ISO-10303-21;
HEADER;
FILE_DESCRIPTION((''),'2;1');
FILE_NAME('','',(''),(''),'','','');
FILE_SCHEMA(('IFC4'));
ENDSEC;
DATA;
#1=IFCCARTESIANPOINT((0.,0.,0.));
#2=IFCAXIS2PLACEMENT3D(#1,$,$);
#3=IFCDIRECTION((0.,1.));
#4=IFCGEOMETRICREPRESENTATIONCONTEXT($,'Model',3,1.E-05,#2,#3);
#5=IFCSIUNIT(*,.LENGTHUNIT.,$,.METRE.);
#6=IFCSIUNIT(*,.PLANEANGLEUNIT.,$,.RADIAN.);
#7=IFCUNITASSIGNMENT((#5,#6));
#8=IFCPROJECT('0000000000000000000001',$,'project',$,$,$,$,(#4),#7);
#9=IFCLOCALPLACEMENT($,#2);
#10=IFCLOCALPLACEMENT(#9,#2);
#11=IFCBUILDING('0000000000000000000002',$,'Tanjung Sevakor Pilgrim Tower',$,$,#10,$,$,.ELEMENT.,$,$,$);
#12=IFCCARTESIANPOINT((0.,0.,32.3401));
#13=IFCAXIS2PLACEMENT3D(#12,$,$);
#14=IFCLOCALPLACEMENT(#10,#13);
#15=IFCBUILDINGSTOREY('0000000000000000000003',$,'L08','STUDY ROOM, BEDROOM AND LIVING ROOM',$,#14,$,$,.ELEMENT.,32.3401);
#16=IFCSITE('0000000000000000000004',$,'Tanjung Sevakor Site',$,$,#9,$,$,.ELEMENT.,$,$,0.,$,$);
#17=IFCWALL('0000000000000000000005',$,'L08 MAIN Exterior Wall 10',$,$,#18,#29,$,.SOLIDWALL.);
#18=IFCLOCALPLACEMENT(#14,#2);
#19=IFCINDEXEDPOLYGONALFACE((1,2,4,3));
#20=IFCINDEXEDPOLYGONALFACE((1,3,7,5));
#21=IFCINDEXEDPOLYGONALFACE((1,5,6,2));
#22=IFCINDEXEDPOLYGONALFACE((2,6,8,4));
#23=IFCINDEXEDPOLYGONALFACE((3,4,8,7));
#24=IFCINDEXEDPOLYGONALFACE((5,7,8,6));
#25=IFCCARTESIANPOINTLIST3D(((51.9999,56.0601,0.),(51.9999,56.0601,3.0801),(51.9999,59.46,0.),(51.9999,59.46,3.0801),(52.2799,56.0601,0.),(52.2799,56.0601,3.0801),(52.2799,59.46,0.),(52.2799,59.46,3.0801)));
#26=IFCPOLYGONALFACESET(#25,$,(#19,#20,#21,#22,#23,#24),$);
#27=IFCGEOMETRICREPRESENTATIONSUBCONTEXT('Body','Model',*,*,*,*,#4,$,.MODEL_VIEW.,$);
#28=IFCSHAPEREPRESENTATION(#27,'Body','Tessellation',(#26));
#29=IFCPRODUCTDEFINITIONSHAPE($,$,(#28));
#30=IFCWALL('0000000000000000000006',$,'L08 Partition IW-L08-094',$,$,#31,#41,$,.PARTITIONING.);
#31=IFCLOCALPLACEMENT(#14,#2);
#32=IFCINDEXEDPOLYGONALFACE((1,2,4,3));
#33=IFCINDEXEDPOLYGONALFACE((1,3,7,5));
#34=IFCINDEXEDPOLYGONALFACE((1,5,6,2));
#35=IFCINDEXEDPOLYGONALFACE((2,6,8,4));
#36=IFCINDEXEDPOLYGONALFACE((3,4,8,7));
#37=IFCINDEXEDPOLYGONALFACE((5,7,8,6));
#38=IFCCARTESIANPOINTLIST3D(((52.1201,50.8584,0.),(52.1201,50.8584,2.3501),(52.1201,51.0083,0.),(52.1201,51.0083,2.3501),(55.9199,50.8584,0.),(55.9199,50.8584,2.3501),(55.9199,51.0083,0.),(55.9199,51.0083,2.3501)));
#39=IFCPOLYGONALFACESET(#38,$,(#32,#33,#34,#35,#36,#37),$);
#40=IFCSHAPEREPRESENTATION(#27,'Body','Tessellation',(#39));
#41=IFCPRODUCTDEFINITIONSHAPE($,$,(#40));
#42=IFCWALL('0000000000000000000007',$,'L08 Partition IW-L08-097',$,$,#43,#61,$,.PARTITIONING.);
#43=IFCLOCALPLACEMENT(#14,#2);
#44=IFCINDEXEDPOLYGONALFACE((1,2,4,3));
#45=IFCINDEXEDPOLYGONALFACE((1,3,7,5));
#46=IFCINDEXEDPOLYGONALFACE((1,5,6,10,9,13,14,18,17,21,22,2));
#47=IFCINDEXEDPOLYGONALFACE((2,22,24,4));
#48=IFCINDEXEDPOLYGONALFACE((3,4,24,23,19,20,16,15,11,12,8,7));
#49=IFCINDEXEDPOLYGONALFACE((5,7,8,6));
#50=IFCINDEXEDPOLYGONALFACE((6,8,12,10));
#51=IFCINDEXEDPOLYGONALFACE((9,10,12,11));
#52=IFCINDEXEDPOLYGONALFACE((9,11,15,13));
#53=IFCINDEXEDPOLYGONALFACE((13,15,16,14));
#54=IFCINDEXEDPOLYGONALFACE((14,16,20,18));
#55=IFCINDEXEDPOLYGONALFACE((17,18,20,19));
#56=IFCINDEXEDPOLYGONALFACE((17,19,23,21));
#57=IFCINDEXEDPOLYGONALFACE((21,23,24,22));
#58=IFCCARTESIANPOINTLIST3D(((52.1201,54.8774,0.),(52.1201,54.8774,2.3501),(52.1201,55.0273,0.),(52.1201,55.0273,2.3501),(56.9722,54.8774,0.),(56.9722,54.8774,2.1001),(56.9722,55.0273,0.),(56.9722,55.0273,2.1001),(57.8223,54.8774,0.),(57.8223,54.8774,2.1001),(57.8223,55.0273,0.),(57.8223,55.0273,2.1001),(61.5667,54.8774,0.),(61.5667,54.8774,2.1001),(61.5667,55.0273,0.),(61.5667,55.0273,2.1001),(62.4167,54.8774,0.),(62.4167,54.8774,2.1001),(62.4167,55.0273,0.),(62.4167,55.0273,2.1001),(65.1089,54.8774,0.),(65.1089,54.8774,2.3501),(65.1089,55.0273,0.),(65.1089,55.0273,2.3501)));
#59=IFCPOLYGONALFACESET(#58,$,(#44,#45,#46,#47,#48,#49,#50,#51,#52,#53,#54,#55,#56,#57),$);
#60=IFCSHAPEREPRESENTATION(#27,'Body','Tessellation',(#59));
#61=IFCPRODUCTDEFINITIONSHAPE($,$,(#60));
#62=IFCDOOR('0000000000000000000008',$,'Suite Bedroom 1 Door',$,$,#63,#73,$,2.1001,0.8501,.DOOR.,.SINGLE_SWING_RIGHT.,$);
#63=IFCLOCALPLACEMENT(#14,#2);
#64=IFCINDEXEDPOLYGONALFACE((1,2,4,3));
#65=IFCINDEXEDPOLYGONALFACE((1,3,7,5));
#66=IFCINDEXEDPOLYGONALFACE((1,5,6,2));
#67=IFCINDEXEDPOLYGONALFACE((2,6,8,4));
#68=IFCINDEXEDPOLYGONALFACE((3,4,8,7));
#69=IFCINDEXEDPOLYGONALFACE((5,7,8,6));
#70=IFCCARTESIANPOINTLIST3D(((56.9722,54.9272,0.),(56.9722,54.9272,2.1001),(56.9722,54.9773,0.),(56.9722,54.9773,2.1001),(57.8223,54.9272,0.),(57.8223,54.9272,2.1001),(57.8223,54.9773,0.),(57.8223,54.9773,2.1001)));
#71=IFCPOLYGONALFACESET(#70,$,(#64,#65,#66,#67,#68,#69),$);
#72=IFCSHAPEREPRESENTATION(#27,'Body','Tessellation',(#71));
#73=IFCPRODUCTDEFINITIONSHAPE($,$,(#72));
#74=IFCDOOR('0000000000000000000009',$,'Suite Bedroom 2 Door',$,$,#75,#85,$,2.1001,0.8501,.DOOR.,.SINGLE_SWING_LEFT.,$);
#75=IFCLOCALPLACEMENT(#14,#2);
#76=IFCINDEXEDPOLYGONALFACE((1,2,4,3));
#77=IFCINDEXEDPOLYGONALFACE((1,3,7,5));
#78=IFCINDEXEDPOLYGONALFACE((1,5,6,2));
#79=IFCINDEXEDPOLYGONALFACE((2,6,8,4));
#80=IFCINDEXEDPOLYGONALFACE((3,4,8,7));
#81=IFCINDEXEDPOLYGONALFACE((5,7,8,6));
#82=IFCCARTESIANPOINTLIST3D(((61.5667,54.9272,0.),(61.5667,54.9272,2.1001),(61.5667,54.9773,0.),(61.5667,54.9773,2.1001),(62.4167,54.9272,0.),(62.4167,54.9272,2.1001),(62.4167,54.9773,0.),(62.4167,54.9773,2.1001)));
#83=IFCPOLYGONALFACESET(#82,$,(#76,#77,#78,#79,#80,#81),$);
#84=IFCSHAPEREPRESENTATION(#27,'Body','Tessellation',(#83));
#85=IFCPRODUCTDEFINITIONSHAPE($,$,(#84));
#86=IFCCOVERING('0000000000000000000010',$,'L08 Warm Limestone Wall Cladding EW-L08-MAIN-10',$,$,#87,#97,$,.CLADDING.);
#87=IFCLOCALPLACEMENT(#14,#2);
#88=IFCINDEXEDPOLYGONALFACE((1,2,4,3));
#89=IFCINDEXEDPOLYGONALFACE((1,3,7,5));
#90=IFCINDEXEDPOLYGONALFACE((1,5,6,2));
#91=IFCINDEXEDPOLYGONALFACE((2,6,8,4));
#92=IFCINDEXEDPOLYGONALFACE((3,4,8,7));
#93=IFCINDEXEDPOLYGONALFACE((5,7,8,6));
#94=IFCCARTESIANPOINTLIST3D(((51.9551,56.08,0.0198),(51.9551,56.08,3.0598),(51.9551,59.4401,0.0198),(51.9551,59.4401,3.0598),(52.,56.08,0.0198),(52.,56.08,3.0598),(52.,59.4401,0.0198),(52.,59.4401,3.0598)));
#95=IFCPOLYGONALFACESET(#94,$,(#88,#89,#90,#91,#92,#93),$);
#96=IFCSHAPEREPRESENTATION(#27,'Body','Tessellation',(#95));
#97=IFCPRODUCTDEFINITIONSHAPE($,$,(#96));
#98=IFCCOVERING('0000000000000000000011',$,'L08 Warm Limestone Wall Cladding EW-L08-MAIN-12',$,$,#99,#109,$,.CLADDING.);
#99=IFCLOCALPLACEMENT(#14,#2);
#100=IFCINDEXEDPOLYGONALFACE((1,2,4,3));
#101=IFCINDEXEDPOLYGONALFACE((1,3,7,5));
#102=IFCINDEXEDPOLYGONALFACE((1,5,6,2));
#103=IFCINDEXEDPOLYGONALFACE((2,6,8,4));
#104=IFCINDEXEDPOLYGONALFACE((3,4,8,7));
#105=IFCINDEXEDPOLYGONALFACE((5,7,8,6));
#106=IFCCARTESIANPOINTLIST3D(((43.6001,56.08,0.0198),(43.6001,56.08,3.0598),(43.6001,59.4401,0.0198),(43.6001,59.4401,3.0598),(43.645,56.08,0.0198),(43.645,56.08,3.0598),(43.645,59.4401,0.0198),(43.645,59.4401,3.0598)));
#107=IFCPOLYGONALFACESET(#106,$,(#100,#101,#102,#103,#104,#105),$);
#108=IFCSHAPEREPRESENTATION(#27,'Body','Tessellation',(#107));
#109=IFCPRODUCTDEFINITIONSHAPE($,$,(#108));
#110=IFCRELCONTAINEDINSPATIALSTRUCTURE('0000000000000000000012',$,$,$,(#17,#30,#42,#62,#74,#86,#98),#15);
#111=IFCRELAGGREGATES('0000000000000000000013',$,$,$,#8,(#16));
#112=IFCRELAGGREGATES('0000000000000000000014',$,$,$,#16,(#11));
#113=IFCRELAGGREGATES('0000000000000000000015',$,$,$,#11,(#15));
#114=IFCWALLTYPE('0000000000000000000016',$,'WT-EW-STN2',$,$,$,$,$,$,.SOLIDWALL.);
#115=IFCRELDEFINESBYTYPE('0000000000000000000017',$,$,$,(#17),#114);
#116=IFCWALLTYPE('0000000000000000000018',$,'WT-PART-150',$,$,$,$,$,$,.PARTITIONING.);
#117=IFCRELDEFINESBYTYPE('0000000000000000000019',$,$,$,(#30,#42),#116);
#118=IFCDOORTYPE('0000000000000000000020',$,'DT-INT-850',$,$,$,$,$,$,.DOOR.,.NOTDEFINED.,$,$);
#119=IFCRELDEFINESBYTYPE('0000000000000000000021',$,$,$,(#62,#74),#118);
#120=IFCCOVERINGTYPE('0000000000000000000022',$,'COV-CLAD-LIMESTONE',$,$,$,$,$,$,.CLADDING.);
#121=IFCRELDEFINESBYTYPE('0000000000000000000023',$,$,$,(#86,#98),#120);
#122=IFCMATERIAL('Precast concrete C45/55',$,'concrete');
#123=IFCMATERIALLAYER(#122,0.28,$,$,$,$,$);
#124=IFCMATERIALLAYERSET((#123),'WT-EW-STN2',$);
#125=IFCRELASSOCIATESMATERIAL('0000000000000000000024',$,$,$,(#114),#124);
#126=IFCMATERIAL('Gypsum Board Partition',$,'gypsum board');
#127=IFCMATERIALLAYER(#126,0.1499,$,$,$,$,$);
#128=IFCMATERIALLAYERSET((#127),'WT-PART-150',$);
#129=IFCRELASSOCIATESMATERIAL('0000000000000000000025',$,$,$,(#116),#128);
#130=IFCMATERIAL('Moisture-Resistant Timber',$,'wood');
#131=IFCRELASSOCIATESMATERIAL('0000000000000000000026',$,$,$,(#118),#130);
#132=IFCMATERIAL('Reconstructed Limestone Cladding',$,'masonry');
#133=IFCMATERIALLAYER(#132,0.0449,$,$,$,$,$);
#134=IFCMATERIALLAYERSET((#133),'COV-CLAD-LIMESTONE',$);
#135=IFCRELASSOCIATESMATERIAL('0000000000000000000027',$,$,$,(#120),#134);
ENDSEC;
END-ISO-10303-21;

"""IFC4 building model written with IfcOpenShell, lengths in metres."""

from ifc_helpers import new_model, si_unit, direction, frame, frame_2d, origin, origin_2d, place, context, subcontext, project, spatial, rectangle, extrude, material, layer, layer_set, type_object, element, fill, save


model = new_model("IFC4")

# Units and contexts
model_context = context("Model", 3, precision=1e-05, world=origin(), true_north=direction((0.0, 1.0)))
body_context = subcontext(model_context, "Body", "Model", "MODEL_VIEW")
ifc_project = project(units=[si_unit("LENGTHUNIT", "METRE"), si_unit("PLANEANGLEUNIT", "RADIAN")], contexts=[model_context])

# Site, building, storey
site_placement = place(None, origin())
site = spatial("IfcSite", under=ifc_project, at=site_placement, Name="Tanjung Sevakor Site", CompositionType="ELEMENT", RefElevation=0.0)
building_placement = place(site_placement, origin())
building = spatial("IfcBuilding", under=site, at=building_placement, Name="Tanjung Sevakor Pilgrim Tower", CompositionType="ELEMENT")
storey_placement = place(building_placement, frame((0.0, 0.0, 32.3401)))
storey = spatial("IfcBuildingStorey", under=building, at=storey_placement, Name="L08", Description="STUDY ROOM, BEDROOM AND LIVING ROOM", CompositionType="ELEMENT", Elevation=32.3401)

# Walls
ifc_material_1 = material(Name="Precast concrete C45/55", Category="concrete")
ifc_layer_1 = layer(ifc_material_1, 0.28)
ifc_layer_set_1 = layer_set([ifc_layer_1], Name="WT-EW-STN2")
wall_type_1 = type_object("IfcWallType", Name="WT-EW-STN2", PredefinedType="SOLIDWALL", material=ifc_layer_set_1)
wall_1_placement = place(storey_placement, frame((52.1399, 59.46, 0.0), z_axis=(0.0, 0.0, 1.0), x_axis=(0.0, -1.0, 0.0)))
element("IfcWall", 1, at=wall_1_placement, inside=storey, type_object=wall_type_1, Name="L08 MAIN Exterior Wall 10", PredefinedType="SOLIDWALL", context=body_context, shape_type="SweptSolid", body=[
    extrude(rectangle(XDim=3.3999, YDim=0.28, at=frame_2d((1.7, 0.0))), origin(), (0.0, 0.0, 1.0), 3.0801),
])
ifc_material_2 = material(Name="Gypsum Board Partition", Category="gypsum board")
ifc_layer_2 = layer(ifc_material_2, 0.1499)
ifc_layer_set_2 = layer_set([ifc_layer_2], Name="WT-PART-150")
wall_type_2 = type_object("IfcWallType", Name="WT-PART-150", PredefinedType="PARTITIONING", material=ifc_layer_set_2)
wall_2_placement = place(storey_placement, frame((52.1201, 50.9333, 0.0), z_axis=(0.0, 0.0, 1.0), x_axis=(1.0, 0.0, 0.0)))
element("IfcWall", 2, at=wall_2_placement, inside=storey, type_object=wall_type_2, Name="L08 Partition IW-L08-094", PredefinedType="PARTITIONING", context=body_context, shape_type="SweptSolid", body=[
    extrude(rectangle(XDim=3.7998, YDim=0.1499, at=frame_2d((1.8999, 0.0))), origin(), (0.0, 0.0, 1.0), 2.3501),
])

# Wall, openings, doors
wall_3_placement = place(storey_placement, frame((52.1201, 54.9524, 0.0), z_axis=(0.0, 0.0, 1.0), x_axis=(1.0, 0.0, 0.0)))
wall_3 = element("IfcWall", 3, at=wall_3_placement, inside=storey, type_object=wall_type_2, Name="L08 Partition IW-L08-097", PredefinedType="PARTITIONING", context=body_context, shape_type="SweptSolid", body=[
    extrude(rectangle(XDim=12.9888, YDim=0.1499, at=frame_2d((6.4944, 0.0))), origin(), (0.0, 0.0, 1.0), 2.3501),
])
opening_1_placement = place(wall_3_placement, frame((4.8521, 0.0, 0.0)))
opening_1 = element("IfcOpeningElement", 4, at=opening_1_placement, cuts=wall_3, PredefinedType="OPENING", context=body_context, shape_type="SweptSolid", body=[
    extrude(rectangle(XDim=0.8501, YDim=2.1001, at=frame_2d((0.425, 1.05))), frame((0.0, 0.085, 0.0), z_axis=(0.0, -1.0, 0.0), x_axis=(1.0, 0.0, 0.0)), (0.0, 0.0, 1.0), 0.1699),
])
opening_2_placement = place(wall_3_placement, frame((9.4465, 0.0, 0.0)))
opening_2 = element("IfcOpeningElement", 5, at=opening_2_placement, cuts=wall_3, PredefinedType="OPENING", context=body_context, shape_type="SweptSolid", body=[
    extrude(rectangle(XDim=0.8501, YDim=2.1001, at=frame_2d((0.425, 1.05))), frame((0.0, 0.085, 0.0), z_axis=(0.0, -1.0, 0.0), x_axis=(1.0, 0.0, 0.0)), (0.0, 0.0, 1.0), 0.1699),
])
ifc_material_3 = material(Name="Moisture-Resistant Timber", Category="wood")
door_type_1 = type_object("IfcDoorType", Name="DT-INT-850", OperationType="NOTDEFINED", PredefinedType="DOOR", material=ifc_material_3)
door_1_placement = place(opening_1_placement, origin())
door_1 = element("IfcDoor", 6, at=door_1_placement, inside=storey, type_object=door_type_1, Name="Suite Bedroom 1 Door", OperationType="SINGLE_SWING_RIGHT", OverallHeight=2.1001, OverallWidth=0.8501, PredefinedType="DOOR", context=body_context, shape_type="SweptSolid", body=[
    extrude(rectangle(XDim=0.8501, YDim=2.1001, at=frame_2d((0.425, 1.05))), frame((0.0, 0.0249, 0.0), z_axis=(0.0, -1.0, 0.0), x_axis=(1.0, 0.0, 0.0)), (0.0, 0.0, 1.0), 0.05),
])
fill(opening_1, door_1)
door_2_placement = place(opening_2_placement, origin())
door_2 = element("IfcDoor", 7, at=door_2_placement, inside=storey, type_object=door_type_1, Name="Suite Bedroom 2 Door", OperationType="SINGLE_SWING_LEFT", OverallHeight=2.1001, OverallWidth=0.8501, PredefinedType="DOOR", context=body_context, shape_type="SweptSolid", body=[
    extrude(rectangle(XDim=0.8501, YDim=2.1001, at=frame_2d((0.425, 1.05))), frame((0.0, 0.0249, 0.0), z_axis=(0.0, -1.0, 0.0), x_axis=(1.0, 0.0, 0.0)), (0.0, 0.0, 1.0), 0.05),
])
fill(opening_2, door_2)

# Coverings
ifc_material_4 = material(Name="Reconstructed Limestone Cladding", Category="masonry")
ifc_layer_3 = layer(ifc_material_4, 0.0449)
ifc_layer_set_3 = layer_set([ifc_layer_3], Name="COV-CLAD-LIMESTONE")
covering_type = type_object("IfcCoveringType", Name="COV-CLAD-LIMESTONE", PredefinedType="CLADDING", material=ifc_layer_set_3)
for number, where, z_axis, x_axis, name in (
    (8, (51.9775, 57.76, 0.0198), (0.0, 0.0, 1.0), (0.0, -1.0, 0.0), "L08 Warm Limestone Wall Cladding EW-L08-MAIN-10"),
    (9, (43.6226, 57.76, 0.0198), (0.0, 0.0, 1.0), (0.0, 1.0, 0.0), "L08 Warm Limestone Wall Cladding EW-L08-MAIN-12"),
):
    element("IfcCovering", number, at=place(storey_placement, frame(where, z_axis=z_axis, x_axis=x_axis)), inside=storey, type_object=covering_type, Name=name, PredefinedType="CLADDING", context=body_context, shape_type="SweptSolid", body=[
        extrude(rectangle(XDim=3.3601, YDim=0.0449, at=origin_2d()), origin(), (0.0, 0.0, 1.0), 3.04),
    ])

save(model, "model.ifc")
